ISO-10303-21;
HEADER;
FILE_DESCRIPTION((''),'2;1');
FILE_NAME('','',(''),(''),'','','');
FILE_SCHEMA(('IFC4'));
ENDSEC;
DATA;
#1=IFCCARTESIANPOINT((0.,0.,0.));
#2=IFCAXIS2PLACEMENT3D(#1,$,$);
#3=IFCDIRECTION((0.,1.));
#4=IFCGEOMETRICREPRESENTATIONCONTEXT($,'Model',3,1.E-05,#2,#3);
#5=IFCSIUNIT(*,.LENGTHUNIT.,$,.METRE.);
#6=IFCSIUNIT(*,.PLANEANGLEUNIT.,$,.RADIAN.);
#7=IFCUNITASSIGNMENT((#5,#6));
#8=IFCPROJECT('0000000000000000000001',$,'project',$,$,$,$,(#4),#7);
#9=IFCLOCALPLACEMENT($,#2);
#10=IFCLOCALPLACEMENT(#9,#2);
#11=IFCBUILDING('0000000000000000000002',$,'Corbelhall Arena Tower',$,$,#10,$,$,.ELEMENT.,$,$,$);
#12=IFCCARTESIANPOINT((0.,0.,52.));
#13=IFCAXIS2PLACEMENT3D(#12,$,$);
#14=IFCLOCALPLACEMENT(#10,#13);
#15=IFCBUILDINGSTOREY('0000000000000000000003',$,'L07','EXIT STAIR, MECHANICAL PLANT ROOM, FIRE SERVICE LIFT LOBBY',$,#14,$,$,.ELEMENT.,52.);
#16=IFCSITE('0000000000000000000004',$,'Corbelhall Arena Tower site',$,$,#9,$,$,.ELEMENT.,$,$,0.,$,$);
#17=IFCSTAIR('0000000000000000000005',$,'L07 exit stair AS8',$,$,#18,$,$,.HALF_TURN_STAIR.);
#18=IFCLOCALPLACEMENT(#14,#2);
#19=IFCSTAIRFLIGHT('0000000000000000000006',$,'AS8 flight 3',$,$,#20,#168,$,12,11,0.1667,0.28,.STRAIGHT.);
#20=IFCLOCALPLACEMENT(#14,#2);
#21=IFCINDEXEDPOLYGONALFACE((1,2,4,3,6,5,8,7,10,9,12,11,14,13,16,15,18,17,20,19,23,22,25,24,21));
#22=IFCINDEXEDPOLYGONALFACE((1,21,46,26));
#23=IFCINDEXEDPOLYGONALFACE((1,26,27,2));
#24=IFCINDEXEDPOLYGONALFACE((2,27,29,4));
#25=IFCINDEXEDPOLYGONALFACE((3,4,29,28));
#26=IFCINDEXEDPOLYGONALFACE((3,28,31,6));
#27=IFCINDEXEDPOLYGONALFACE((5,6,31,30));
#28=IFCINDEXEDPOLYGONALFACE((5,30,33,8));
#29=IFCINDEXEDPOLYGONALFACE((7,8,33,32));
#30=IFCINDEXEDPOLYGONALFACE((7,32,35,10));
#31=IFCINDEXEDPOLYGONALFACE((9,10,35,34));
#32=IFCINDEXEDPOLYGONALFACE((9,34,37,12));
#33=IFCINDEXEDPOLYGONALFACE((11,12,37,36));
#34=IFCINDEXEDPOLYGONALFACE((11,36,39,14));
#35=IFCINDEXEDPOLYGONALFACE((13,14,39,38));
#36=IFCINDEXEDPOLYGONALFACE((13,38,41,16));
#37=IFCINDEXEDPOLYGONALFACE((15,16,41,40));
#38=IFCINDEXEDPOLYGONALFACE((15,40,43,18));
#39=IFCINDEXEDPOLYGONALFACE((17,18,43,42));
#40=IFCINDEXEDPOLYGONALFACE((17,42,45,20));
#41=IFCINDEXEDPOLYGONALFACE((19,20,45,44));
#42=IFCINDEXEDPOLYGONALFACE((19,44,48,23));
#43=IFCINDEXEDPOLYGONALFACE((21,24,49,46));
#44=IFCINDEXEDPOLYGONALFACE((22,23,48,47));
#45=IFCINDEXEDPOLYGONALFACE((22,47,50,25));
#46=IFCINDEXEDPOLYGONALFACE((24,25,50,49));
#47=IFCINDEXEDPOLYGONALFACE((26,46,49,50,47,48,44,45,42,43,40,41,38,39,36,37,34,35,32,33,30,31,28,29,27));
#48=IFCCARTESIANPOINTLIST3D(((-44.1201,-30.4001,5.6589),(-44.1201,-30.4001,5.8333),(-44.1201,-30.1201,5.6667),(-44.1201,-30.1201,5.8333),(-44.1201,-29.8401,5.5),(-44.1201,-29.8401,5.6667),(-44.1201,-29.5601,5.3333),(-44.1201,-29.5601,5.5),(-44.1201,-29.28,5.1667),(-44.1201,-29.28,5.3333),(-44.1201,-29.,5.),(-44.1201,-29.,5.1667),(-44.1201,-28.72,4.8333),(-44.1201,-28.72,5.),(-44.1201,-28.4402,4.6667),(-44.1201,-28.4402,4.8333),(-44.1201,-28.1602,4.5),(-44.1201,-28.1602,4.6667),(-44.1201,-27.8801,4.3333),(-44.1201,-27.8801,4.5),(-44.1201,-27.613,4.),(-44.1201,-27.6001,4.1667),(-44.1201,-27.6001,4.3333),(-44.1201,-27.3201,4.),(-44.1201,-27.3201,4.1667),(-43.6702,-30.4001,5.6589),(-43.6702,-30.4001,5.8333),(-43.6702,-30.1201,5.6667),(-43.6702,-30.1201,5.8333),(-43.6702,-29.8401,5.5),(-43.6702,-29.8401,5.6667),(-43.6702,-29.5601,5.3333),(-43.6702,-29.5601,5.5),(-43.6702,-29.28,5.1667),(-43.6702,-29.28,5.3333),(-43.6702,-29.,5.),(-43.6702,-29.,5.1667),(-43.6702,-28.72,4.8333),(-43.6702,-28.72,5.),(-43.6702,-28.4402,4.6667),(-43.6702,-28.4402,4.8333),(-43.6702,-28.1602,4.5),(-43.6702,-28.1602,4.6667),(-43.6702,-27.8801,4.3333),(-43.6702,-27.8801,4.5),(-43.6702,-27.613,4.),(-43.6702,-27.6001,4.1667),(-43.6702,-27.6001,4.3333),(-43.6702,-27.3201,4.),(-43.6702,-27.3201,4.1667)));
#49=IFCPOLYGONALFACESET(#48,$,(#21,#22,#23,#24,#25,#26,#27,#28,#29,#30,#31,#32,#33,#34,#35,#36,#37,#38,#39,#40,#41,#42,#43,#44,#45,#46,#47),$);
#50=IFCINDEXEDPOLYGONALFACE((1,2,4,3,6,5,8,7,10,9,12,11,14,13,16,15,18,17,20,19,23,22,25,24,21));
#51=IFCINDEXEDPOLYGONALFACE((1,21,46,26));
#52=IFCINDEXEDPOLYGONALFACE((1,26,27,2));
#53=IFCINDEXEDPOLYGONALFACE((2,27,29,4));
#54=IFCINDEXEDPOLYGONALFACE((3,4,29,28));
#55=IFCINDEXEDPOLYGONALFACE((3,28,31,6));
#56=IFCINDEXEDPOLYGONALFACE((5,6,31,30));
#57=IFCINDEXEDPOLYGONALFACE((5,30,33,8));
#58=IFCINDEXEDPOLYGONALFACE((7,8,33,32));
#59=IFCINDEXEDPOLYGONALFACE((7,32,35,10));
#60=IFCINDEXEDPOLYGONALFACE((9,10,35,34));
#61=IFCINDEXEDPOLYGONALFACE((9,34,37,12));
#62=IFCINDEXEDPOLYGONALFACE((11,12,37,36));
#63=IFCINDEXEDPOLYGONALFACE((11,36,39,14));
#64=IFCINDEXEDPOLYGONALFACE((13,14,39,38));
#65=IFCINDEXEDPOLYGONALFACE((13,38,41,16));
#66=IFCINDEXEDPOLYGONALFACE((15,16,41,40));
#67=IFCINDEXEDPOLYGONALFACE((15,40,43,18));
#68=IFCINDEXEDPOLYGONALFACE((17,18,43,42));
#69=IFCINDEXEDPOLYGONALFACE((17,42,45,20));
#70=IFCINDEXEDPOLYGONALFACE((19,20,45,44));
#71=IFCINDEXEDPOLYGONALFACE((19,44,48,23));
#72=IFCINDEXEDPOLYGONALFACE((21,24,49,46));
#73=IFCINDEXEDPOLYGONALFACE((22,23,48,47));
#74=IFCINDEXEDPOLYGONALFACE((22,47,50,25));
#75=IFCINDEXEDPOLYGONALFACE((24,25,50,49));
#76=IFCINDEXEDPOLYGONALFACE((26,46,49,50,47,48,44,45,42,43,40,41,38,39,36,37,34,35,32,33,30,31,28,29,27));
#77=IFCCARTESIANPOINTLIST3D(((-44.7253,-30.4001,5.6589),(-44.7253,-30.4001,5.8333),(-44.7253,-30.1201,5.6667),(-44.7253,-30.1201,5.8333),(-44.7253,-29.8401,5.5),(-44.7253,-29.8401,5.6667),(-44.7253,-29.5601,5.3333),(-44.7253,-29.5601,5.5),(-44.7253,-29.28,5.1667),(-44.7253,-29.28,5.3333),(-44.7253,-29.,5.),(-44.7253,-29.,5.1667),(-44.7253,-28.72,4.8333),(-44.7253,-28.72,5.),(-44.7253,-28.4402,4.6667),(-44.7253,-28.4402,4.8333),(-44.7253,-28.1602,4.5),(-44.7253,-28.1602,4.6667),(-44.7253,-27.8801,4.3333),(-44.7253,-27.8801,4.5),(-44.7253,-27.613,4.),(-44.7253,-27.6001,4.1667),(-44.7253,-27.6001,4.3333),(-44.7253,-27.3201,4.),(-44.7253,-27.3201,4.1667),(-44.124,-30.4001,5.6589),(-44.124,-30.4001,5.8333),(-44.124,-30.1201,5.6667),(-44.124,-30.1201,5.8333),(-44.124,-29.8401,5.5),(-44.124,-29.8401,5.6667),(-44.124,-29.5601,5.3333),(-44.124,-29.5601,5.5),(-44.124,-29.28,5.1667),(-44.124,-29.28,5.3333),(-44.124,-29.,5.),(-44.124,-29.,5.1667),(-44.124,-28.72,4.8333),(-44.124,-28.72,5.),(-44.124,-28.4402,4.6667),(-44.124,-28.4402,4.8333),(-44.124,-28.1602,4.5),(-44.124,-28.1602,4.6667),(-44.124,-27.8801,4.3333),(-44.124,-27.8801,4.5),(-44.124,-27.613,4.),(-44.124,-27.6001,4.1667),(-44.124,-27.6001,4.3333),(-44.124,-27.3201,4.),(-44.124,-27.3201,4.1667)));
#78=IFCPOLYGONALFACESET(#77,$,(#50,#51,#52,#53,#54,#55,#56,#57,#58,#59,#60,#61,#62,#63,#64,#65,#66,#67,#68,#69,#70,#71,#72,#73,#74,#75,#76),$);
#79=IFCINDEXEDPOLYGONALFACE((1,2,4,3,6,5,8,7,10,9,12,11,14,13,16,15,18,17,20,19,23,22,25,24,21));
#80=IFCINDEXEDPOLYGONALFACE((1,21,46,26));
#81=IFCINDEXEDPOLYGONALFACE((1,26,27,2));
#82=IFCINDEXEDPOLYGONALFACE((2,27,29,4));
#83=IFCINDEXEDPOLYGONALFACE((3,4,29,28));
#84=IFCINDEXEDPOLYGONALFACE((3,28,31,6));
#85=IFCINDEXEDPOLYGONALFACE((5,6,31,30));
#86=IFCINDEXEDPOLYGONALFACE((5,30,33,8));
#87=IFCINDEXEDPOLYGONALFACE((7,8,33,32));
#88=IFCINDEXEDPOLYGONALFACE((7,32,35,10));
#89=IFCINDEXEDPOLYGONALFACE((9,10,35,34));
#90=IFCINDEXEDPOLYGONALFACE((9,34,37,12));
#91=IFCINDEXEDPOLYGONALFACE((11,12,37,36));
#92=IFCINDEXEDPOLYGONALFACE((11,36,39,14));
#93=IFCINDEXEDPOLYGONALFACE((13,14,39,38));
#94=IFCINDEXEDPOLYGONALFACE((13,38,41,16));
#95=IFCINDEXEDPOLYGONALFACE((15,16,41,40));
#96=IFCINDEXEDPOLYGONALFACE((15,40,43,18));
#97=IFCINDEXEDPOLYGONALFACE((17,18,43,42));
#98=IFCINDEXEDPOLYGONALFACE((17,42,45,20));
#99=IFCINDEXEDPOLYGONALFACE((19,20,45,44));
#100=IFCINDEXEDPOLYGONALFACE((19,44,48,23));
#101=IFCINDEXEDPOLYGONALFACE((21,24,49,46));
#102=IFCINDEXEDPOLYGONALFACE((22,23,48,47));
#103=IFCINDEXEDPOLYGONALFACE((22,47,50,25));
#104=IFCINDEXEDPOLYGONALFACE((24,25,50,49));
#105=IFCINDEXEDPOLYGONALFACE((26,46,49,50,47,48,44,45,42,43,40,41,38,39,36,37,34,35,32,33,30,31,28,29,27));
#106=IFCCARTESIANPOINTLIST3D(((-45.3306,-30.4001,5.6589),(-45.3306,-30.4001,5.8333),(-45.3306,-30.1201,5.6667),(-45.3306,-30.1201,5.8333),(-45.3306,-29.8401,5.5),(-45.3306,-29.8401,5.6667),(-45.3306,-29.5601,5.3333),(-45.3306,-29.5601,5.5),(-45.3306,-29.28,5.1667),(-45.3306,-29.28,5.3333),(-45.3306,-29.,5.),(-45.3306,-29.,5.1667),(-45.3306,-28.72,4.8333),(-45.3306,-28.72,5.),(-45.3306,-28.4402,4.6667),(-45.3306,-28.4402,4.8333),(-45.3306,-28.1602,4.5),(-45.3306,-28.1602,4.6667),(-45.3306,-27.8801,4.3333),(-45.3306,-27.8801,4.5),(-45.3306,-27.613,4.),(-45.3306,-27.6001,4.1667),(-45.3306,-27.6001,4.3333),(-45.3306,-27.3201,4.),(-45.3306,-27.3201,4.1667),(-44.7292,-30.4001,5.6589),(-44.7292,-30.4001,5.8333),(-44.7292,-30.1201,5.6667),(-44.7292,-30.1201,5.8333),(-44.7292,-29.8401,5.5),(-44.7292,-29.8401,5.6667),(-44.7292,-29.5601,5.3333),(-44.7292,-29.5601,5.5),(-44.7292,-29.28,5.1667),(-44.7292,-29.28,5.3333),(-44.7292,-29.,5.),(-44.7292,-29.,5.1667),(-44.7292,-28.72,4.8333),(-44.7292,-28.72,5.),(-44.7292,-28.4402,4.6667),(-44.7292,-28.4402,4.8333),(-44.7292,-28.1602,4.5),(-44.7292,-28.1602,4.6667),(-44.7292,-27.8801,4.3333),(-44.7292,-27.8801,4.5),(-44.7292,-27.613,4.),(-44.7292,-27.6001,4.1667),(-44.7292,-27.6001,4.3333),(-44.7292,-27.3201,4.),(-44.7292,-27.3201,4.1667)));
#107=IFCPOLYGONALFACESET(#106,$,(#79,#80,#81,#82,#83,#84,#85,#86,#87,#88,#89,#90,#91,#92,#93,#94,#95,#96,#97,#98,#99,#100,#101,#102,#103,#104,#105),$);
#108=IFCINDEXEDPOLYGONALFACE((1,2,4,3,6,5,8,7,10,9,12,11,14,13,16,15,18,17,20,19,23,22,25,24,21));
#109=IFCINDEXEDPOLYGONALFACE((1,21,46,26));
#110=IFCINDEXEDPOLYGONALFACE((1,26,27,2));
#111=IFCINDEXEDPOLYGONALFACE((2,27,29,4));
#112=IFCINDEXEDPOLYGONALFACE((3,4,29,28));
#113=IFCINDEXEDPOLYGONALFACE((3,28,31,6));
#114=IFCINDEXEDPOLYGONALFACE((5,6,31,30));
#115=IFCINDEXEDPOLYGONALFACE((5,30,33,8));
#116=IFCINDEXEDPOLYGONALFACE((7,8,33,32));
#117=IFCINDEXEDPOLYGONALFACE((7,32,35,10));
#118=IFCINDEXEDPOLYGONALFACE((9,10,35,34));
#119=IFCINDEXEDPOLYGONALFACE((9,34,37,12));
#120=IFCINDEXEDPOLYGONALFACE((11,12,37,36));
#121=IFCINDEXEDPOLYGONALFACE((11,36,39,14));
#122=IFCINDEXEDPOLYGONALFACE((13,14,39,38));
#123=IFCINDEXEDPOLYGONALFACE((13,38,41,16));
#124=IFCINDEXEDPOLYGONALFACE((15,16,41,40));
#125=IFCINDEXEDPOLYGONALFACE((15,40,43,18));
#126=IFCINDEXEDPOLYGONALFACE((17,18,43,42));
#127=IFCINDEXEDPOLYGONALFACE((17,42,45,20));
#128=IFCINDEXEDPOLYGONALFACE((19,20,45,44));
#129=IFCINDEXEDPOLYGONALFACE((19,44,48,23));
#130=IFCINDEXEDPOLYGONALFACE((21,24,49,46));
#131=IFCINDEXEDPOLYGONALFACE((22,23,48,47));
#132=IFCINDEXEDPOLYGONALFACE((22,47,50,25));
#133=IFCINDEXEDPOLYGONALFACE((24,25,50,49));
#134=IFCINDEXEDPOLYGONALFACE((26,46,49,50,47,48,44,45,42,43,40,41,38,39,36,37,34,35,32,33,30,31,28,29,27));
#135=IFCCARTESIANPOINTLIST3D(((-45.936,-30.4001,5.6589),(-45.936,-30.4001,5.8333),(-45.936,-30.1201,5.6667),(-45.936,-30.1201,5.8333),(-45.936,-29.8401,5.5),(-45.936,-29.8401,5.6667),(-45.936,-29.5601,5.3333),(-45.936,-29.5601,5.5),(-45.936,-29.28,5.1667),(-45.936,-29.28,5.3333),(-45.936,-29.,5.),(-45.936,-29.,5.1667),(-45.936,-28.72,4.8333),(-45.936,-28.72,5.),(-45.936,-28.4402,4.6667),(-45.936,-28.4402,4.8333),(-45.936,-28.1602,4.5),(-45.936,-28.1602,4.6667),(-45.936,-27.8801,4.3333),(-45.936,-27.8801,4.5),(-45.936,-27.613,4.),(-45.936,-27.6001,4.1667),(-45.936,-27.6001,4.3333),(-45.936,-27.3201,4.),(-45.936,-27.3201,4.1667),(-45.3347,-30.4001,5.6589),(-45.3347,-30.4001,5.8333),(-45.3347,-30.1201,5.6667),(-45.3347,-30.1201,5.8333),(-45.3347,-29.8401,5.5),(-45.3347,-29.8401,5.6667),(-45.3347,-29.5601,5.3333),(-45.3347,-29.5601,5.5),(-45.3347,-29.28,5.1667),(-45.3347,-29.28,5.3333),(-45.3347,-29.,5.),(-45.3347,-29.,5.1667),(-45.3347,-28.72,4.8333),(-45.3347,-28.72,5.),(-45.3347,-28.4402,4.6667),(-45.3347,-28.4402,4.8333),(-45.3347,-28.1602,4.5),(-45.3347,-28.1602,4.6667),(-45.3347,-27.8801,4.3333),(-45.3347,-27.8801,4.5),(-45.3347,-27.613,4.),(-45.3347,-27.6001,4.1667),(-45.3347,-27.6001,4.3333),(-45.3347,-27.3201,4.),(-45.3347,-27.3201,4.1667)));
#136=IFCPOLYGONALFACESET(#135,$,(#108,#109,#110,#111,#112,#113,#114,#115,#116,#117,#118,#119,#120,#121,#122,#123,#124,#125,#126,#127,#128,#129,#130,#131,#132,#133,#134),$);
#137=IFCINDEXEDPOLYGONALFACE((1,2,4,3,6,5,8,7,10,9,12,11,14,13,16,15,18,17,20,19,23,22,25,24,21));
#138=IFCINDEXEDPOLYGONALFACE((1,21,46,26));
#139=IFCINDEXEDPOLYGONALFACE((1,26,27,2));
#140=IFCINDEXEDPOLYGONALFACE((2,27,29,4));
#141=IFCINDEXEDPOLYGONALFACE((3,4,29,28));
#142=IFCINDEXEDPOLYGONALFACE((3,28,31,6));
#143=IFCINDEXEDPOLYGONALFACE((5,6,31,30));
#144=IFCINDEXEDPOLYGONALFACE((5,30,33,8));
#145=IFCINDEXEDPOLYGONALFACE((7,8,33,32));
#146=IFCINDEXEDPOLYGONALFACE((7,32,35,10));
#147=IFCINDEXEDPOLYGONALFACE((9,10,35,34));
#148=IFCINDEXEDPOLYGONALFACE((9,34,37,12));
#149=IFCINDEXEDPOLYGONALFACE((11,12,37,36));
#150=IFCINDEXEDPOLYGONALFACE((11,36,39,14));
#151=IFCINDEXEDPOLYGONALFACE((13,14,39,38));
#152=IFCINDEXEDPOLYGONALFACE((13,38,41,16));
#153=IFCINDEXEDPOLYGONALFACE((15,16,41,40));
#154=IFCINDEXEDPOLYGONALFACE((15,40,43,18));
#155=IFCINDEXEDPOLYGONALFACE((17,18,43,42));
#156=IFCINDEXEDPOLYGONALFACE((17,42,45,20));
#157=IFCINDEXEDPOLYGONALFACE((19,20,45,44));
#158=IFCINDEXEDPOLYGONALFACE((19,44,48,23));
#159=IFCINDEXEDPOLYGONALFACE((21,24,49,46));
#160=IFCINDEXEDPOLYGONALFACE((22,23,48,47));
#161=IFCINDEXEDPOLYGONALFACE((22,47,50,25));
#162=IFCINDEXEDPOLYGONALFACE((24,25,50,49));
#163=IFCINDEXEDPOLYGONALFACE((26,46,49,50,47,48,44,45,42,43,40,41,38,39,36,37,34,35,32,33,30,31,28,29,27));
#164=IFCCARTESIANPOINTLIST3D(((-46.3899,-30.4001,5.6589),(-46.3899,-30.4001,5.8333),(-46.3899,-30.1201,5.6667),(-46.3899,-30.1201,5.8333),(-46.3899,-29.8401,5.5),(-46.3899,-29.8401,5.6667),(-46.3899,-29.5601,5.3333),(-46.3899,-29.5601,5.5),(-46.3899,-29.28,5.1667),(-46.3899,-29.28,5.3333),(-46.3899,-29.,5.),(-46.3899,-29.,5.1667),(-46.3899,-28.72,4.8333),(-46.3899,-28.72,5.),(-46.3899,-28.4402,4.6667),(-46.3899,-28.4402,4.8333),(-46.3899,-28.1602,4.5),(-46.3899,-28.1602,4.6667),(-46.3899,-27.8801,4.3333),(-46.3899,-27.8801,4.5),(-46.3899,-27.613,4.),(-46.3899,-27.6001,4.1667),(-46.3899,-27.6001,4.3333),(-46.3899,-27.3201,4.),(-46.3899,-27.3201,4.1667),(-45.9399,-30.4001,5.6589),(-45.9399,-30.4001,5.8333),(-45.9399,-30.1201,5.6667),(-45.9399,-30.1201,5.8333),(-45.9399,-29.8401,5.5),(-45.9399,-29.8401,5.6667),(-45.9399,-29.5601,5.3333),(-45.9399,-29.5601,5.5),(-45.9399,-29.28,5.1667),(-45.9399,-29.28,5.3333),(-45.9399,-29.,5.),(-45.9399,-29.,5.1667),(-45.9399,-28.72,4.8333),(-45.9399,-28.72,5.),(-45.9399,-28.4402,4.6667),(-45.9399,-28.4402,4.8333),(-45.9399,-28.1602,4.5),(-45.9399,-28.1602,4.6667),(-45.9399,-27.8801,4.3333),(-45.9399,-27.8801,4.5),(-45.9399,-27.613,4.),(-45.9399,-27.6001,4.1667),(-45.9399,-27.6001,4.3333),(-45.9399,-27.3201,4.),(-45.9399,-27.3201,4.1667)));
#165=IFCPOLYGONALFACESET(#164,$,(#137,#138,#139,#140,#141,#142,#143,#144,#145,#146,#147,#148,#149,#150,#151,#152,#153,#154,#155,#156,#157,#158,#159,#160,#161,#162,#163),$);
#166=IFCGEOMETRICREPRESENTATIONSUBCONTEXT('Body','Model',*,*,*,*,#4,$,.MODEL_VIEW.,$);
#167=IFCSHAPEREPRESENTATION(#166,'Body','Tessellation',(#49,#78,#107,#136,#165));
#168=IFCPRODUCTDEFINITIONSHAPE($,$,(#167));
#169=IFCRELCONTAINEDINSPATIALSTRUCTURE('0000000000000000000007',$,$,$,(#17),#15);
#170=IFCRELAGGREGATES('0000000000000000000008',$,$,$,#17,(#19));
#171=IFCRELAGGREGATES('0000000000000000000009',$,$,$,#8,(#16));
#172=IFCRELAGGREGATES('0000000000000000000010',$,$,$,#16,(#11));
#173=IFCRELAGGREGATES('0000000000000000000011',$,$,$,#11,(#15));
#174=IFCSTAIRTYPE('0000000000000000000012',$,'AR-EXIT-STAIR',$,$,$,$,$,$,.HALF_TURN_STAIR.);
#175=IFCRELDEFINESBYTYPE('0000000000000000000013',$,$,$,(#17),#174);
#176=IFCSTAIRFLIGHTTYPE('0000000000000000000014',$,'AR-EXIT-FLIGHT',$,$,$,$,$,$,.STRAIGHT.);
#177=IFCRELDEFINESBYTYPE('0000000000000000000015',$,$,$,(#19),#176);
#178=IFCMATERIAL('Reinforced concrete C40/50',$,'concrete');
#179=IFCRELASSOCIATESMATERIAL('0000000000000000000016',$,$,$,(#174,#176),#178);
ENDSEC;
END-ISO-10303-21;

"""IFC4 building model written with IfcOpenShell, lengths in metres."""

from ifc_helpers import new_model, si_unit, direction, frame, origin, place, context, subcontext, project, spatial, polyline, outline, extrude, material, type_object, element, aggregate, save


model = new_model("IFC4")

# Units and contexts
model_context = context("Model", 3, precision=1e-05, world=origin(), true_north=direction((0.0, 1.0)))
body_context = subcontext(model_context, "Body", "Model", "MODEL_VIEW")
ifc_project = project(units=[si_unit("LENGTHUNIT", "METRE"), si_unit("PLANEANGLEUNIT", "RADIAN")], contexts=[model_context])

# Site, building, storey
site_placement = place(None, origin())
site = spatial("IfcSite", under=ifc_project, at=site_placement, Name="Corbelhall Arena Tower site", CompositionType="ELEMENT", RefElevation=0.0)
building_placement = place(site_placement, origin())
building = spatial("IfcBuilding", under=site, at=building_placement, Name="Corbelhall Arena Tower", CompositionType="ELEMENT")
storey_placement = place(building_placement, frame((0.0, 0.0, 52.0)))
storey = spatial("IfcBuildingStorey", under=building, at=storey_placement, Name="L07", Description="EXIT STAIR, MECHANICAL PLANT ROOM, FIRE SERVICE LIFT LOBBY", CompositionType="ELEMENT", Elevation=52.0)

# Shared definitions
ifc_material_1 = material(Name="Reinforced concrete C40/50", Category="concrete")

# Stair, stair flight
stair_type = type_object("IfcStairType", Name="AR-EXIT-STAIR", PredefinedType="HALF_TURN_STAIR", material=ifc_material_1)
stair_placement = place(storey_placement, origin())
stair = element("IfcStair", 1, at=stair_placement, inside=storey, type_object=stair_type, Name="L07 exit stair AS8", PredefinedType="HALF_TURN_STAIR")
stair_flight_type = type_object("IfcStairFlightType", Name="AR-EXIT-FLIGHT", PredefinedType="STRAIGHT", material=ifc_material_1)
stair_flight_1_placement = place(storey_placement, frame((-45.03, -27.3201, 4.0), z_axis=(0.0, 0.0, 1.0), x_axis=(0.0, -1.0, 0.0)))
stair_flight_1 = element("IfcStairFlight", 2, at=stair_flight_1_placement, type_object=stair_flight_type, Name="AS8 flight 3", NumberOfRisers=12, NumberOfTreads=11, PredefinedType="STRAIGHT", RiserHeight=0.1667, TreadLength=0.28, context=body_context, shape_type="SweptSolid", body=[
    extrude(outline(polyline([(0.0, 0.0), (0.0, 0.1667), (0.28, 0.1667), (0.28, 0.3333), (0.5601, 0.3333), (0.5601, 0.5), (0.8401, 0.5), (0.8401, 0.6667), (1.1201, 0.6667), (1.1201, 0.8333), (1.3999, 0.8333), (1.3999, 1.0), (1.6799, 1.0), (1.6799, 1.1667), (1.96, 1.1667), (1.96, 1.3333), (2.24, 1.3333), (2.24, 1.5), (2.52, 1.5), (2.52, 1.6667), (2.8, 1.6667), (2.8, 1.8333), (3.0801, 1.8333), (3.0801, 2.0), (3.0801, 1.6589), (0.293, 0.0), (0.0, 0.0)])), frame((0.0, 1.3599, 0.0), z_axis=(0.0, -1.0, 0.0), x_axis=(1.0, 0.0, 0.0)), (0.0, 0.0, 1.0), 0.45),
    extrude(outline(polyline([(0.0, 0.0), (0.0, 0.1667), (0.28, 0.1667), (0.28, 0.3333), (0.5601, 0.3333), (0.5601, 0.5), (0.8401, 0.5), (0.8401, 0.6667), (1.1201, 0.6667), (1.1201, 0.8333), (1.3999, 0.8333), (1.3999, 1.0), (1.6799, 1.0), (1.6799, 1.1667), (1.96, 1.1667), (1.96, 1.3333), (2.24, 1.3333), (2.24, 1.5), (2.52, 1.5), (2.52, 1.6667), (2.8, 1.6667), (2.8, 1.8333), (3.0801, 1.8333), (3.0801, 2.0), (3.0801, 1.6589), (0.293, 0.0), (0.0, 0.0)])), frame((0.0, 0.906, 0.0), z_axis=(0.0, -1.0, 0.0), x_axis=(1.0, 0.0, 0.0)), (0.0, 0.0, 1.0), 0.6013),
    extrude(outline(polyline([(0.0, 0.0), (0.0, 0.1667), (0.28, 0.1667), (0.28, 0.3333), (0.5601, 0.3333), (0.5601, 0.5), (0.8401, 0.5), (0.8401, 0.6667), (1.1201, 0.6667), (1.1201, 0.8333), (1.3999, 0.8333), (1.3999, 1.0), (1.6799, 1.0), (1.6799, 1.1667), (1.96, 1.1667), (1.96, 1.3333), (2.24, 1.3333), (2.24, 1.5), (2.52, 1.5), (2.52, 1.6667), (2.8, 1.6667), (2.8, 1.8333), (3.0801, 1.8333), (3.0801, 2.0), (3.0801, 1.6589), (0.293, 0.0), (0.0, 0.0)])), frame((0.0, 0.3008, 0.0), z_axis=(0.0, -1.0, 0.0), x_axis=(1.0, 0.0, 0.0)), (0.0, 0.0, 1.0), 0.6013),
    extrude(outline(polyline([(0.0, 0.0), (0.0, 0.1667), (0.28, 0.1667), (0.28, 0.3333), (0.5601, 0.3333), (0.5601, 0.5), (0.8401, 0.5), (0.8401, 0.6667), (1.1201, 0.6667), (1.1201, 0.8333), (1.3999, 0.8333), (1.3999, 1.0), (1.6799, 1.0), (1.6799, 1.1667), (1.96, 1.1667), (1.96, 1.3333), (2.24, 1.3333), (2.24, 1.5), (2.52, 1.5), (2.52, 1.6667), (2.8, 1.6667), (2.8, 1.8333), (3.0801, 1.8333), (3.0801, 2.0), (3.0801, 1.6589), (0.293, 0.0), (0.0, 0.0)])), frame((0.0, -0.3047, 0.0), z_axis=(0.0, -1.0, 0.0), x_axis=(1.0, 0.0, 0.0)), (0.0, 0.0, 1.0), 0.6013),
    extrude(outline(polyline([(0.0, 0.0), (0.0, 0.1667), (0.28, 0.1667), (0.28, 0.3333), (0.5601, 0.3333), (0.5601, 0.5), (0.8401, 0.5), (0.8401, 0.6667), (1.1201, 0.6667), (1.1201, 0.8333), (1.3999, 0.8333), (1.3999, 1.0), (1.6799, 1.0), (1.6799, 1.1667), (1.96, 1.1667), (1.96, 1.3333), (2.24, 1.3333), (2.24, 1.5), (2.52, 1.5), (2.52, 1.6667), (2.8, 1.6667), (2.8, 1.8333), (3.0801, 1.8333), (3.0801, 2.0), (3.0801, 1.6589), (0.293, 0.0), (0.0, 0.0)])), frame((0.0, -0.9099, 0.0), z_axis=(0.0, -1.0, 0.0), x_axis=(1.0, 0.0, 0.0)), (0.0, 0.0, 1.0), 0.45),
])
aggregate(stair, [stair_flight_1])

save(model, "model.ifc")
